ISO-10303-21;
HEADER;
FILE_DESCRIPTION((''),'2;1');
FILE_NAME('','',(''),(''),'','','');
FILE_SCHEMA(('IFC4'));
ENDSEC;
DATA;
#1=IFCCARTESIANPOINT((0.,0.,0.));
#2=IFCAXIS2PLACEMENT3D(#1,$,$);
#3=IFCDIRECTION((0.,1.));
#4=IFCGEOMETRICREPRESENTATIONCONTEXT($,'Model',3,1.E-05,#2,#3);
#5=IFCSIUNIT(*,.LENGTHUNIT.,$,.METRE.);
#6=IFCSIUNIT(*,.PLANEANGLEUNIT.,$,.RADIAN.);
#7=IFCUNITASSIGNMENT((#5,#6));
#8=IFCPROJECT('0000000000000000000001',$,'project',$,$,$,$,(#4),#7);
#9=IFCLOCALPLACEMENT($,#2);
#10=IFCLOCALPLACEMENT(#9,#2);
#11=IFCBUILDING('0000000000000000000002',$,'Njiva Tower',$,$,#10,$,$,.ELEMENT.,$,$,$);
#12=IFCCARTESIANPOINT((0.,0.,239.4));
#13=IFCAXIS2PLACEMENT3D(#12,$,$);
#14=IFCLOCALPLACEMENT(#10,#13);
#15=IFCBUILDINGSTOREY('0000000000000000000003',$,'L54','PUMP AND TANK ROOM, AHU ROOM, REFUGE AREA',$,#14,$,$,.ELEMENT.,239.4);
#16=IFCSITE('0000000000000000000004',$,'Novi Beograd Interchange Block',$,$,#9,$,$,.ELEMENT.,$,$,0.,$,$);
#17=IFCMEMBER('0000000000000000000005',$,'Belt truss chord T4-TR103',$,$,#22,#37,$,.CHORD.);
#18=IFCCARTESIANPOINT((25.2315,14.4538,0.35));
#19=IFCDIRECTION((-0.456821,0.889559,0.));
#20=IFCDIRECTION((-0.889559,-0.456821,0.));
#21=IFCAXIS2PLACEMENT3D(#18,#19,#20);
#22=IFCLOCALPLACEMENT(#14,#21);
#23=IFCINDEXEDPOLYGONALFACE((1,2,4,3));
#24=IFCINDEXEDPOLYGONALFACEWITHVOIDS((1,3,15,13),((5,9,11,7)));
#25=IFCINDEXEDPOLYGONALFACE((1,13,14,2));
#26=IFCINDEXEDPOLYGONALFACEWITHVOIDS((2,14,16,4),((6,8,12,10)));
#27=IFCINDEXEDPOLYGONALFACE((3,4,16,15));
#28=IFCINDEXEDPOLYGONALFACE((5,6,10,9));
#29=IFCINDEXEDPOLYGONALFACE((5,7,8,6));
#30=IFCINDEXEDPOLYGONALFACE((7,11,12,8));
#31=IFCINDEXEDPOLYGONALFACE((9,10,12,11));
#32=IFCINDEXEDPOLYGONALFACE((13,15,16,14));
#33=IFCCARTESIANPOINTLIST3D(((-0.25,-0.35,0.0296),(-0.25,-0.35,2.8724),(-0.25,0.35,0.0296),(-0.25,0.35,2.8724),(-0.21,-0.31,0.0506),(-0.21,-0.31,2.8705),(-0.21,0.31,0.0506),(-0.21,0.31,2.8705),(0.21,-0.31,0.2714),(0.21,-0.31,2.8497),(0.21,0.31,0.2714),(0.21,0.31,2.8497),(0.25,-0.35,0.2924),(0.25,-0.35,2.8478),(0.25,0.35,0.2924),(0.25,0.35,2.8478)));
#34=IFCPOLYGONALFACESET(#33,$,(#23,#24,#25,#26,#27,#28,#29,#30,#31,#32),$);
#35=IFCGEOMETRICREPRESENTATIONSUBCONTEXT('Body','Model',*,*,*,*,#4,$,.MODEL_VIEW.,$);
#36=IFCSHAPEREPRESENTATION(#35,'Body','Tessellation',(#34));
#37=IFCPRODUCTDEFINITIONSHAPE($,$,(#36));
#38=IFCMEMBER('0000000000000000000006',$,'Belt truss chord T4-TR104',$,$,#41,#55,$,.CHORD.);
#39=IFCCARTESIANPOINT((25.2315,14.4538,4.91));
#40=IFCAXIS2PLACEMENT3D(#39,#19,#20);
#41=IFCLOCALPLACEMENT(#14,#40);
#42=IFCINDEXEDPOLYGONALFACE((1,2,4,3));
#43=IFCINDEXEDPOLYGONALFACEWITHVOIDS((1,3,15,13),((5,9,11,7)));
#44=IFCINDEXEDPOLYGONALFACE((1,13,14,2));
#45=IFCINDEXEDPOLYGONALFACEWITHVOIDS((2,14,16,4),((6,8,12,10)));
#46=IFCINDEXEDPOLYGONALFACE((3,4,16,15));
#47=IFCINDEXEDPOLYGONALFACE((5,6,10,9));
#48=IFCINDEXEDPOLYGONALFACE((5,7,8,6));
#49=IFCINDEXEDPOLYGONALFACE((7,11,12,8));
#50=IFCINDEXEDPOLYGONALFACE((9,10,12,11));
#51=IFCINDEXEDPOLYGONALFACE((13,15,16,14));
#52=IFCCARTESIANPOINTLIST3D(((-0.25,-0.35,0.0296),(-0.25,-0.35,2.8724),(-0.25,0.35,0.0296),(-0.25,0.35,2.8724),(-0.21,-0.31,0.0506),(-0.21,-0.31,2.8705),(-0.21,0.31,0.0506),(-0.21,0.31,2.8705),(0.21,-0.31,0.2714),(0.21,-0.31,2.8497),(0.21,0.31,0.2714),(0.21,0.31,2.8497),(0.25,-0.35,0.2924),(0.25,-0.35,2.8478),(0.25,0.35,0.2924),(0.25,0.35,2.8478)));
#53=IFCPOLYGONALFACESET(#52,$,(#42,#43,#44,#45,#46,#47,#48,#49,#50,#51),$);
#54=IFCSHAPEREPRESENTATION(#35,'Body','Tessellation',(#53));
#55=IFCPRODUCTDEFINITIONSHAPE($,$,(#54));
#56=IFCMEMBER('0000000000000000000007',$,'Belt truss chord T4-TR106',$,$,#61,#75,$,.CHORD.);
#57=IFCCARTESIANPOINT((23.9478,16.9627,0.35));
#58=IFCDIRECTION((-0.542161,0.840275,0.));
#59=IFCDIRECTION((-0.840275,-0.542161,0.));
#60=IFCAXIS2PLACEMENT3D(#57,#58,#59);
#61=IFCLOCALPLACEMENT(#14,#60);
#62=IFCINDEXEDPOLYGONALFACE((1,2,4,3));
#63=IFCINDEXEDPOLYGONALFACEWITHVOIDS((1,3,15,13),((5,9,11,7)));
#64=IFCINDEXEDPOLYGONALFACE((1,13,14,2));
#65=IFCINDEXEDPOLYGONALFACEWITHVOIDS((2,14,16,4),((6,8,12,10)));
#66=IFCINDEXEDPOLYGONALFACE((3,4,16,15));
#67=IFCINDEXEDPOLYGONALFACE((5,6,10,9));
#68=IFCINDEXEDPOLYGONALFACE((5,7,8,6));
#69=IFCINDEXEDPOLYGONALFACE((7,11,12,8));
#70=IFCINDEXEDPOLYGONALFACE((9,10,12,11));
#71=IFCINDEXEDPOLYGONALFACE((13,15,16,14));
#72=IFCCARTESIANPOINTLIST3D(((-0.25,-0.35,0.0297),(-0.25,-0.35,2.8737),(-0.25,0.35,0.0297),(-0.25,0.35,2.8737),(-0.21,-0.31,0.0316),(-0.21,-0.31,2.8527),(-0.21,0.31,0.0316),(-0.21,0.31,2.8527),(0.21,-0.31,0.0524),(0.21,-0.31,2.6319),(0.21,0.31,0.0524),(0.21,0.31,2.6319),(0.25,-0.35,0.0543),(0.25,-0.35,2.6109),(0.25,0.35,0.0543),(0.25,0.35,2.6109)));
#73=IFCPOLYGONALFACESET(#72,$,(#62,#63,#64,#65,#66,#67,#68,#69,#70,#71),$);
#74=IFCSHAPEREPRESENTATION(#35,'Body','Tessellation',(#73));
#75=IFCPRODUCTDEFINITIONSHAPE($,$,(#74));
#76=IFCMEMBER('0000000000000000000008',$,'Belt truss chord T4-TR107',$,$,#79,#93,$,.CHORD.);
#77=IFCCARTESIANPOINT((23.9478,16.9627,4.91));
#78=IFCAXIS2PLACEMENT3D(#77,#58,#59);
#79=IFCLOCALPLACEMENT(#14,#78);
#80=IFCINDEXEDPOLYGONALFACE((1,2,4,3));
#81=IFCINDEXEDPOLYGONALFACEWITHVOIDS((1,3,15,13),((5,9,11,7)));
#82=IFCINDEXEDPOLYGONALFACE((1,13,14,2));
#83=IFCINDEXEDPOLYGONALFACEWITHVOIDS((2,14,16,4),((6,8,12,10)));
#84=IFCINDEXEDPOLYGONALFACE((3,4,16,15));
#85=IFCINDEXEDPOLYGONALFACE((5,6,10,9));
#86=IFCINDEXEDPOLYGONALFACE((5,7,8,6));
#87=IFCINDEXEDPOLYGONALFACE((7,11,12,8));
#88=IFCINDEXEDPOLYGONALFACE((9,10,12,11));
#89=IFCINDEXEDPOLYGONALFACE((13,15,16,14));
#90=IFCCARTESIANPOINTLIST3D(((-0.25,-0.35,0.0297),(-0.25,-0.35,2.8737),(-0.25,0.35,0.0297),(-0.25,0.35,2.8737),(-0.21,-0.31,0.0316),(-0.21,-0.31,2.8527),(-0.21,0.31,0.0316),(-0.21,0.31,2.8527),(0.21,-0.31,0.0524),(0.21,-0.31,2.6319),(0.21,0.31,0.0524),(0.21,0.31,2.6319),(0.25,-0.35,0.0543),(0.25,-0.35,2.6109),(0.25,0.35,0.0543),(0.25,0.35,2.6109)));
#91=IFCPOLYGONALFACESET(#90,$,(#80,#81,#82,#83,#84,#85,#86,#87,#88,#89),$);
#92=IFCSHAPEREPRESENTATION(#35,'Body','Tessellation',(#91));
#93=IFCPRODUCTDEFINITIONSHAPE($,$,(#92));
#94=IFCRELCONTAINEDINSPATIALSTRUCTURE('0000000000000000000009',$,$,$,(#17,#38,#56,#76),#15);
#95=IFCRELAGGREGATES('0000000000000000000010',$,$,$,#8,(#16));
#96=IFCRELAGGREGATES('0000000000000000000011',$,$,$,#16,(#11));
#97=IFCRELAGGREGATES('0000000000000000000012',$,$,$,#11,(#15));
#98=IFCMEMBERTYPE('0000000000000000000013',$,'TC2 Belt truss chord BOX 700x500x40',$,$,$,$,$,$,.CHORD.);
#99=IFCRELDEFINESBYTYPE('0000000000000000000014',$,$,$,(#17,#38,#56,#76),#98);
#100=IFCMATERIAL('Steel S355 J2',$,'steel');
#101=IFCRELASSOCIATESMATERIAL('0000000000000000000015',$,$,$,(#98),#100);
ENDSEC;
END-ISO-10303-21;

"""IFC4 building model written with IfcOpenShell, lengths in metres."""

from ifc_helpers import new_model, si_unit, direction, frame, origin, origin_2d, place, context, subcontext, project, spatial, hollow_rectangle, extrude, clip, halfspace, material, material_profile, profile_set, type_object, element, save


model = new_model("IFC4")

# Units and contexts
model_context = context("Model", 3, precision=1e-05, world=origin(), true_north=direction((0.0, 1.0)))
body_context = subcontext(model_context, "Body", "Model", "MODEL_VIEW")
ifc_project = project(units=[si_unit("LENGTHUNIT", "METRE"), si_unit("PLANEANGLEUNIT", "RADIAN")], contexts=[model_context])

# Site, building, storey
site_placement = place(None, origin())
site = spatial("IfcSite", under=ifc_project, at=site_placement, Name="Novi Beograd Interchange Block", CompositionType="ELEMENT", RefElevation=0.0)
building_placement = place(site_placement, origin())
building = spatial("IfcBuilding", under=site, at=building_placement, Name="Njiva Tower", CompositionType="ELEMENT")
storey_placement = place(building_placement, frame((0.0, 0.0, 239.4)))
storey = spatial("IfcBuildingStorey", under=building, at=storey_placement, Name="L54", Description="PUMP AND TANK ROOM, AHU ROOM, REFUGE AREA", CompositionType="ELEMENT", Elevation=239.4)

# Shared definitions
ifc_material_1 = material(Name="Steel S355 J2", Category="steel")

# Members
ifc_material_profile_1 = material_profile(ifc_material_1, hollow_rectangle(XDim=0.5, YDim=0.7, WallThickness=0.04, at=origin_2d()), Name="BOX 700x500x40")
ifc_profile_set_1 = profile_set([ifc_material_profile_1], Name="Steel S355 J2")
member_type_1 = type_object("IfcMemberType", Name="TC2 Belt truss chord BOX 700x500x40", PredefinedType="CHORD", material=ifc_profile_set_1)
member_1_placement = place(storey_placement, frame((25.2315, 14.4538, 0.35), z_axis=(-0.456821, 0.889559, 0.0), x_axis=(-0.889559, -0.456821, 0.0)))
element("IfcMember", 1, at=member_1_placement, inside=storey, type_object=member_type_1, Name="Belt truss chord T4-TR103", PredefinedType="CHORD", context=body_context, shape_type="Clipping", body=[
    clip(clip(extrude(hollow_rectangle(XDim=0.5, YDim=0.7, WallThickness=0.04, at=origin_2d()), origin(), (0.0, 0.0, 1.0), 2.9021), halfspace(frame((0.0, -239.75, 0.161), z_axis=(0.465384, 0.0, -0.885109), x_axis=(0.0, -1.0, 0.0)), False)), halfspace(frame((0.0, -239.75, 2.8601), z_axis=(0.049275, 0.0, 0.998785), x_axis=(0.0, 1.0, 0.0)), False)),
])
member_2_placement = place(storey_placement, frame((25.2315, 14.4538, 4.91), z_axis=(-0.456821, 0.889559, 0.0), x_axis=(-0.889559, -0.456821, 0.0)))
element("IfcMember", 2, at=member_2_placement, inside=storey, type_object=member_type_1, Name="Belt truss chord T4-TR104", PredefinedType="CHORD", context=body_context, shape_type="Clipping", body=[
    clip(clip(extrude(hollow_rectangle(XDim=0.5, YDim=0.7, WallThickness=0.04, at=origin_2d()), origin(), (0.0, 0.0, 1.0), 2.9021), halfspace(frame((0.0, -244.31, 0.161), z_axis=(0.465384, 0.0, -0.885109), x_axis=(0.0, -1.0, 0.0)), False)), halfspace(frame((0.0, -244.31, 2.8601), z_axis=(0.049275, 0.0, 0.998785), x_axis=(0.0, 1.0, 0.0)), False)),
])
member_3_placement = place(storey_placement, frame((23.9478, 16.9627, 0.35), z_axis=(-0.542161, 0.840275, 0.0), x_axis=(-0.840275, -0.542161, 0.0)))
element("IfcMember", 3, at=member_3_placement, inside=storey, type_object=member_type_1, Name="Belt truss chord T4-TR106", PredefinedType="CHORD", context=body_context, shape_type="Clipping", body=[
    clip(clip(extrude(hollow_rectangle(XDim=0.5, YDim=0.7, WallThickness=0.04, at=origin_2d()), origin(), (0.0, 0.0, 1.0), 2.9033), halfspace(frame((0.0, -239.75, 0.042), z_axis=(0.049273, 0.0, -0.998785), x_axis=(0.0, -1.0, 0.0)), False)), halfspace(frame((0.0, -239.75, 2.7423), z_axis=(0.465222, 0.0, 0.885194), x_axis=(0.0, 1.0, 0.0)), False)),
])
member_4_placement = place(storey_placement, frame((23.9478, 16.9627, 4.91), z_axis=(-0.542161, 0.840275, 0.0), x_axis=(-0.840275, -0.542161, 0.0)))
element("IfcMember", 4, at=member_4_placement, inside=storey, type_object=member_type_1, Name="Belt truss chord T4-TR107", PredefinedType="CHORD", context=body_context, shape_type="Clipping", body=[
    clip(clip(extrude(hollow_rectangle(XDim=0.5, YDim=0.7, WallThickness=0.04, at=origin_2d()), origin(), (0.0, 0.0, 1.0), 2.9033), halfspace(frame((0.0, -244.31, 0.042), z_axis=(0.049273, 0.0, -0.998785), x_axis=(0.0, -1.0, 0.0)), False)), halfspace(frame((0.0, -244.31, 2.7423), z_axis=(0.465222, 0.0, 0.885194), x_axis=(0.0, 1.0, 0.0)), False)),
])

save(model, "model.ifc")
